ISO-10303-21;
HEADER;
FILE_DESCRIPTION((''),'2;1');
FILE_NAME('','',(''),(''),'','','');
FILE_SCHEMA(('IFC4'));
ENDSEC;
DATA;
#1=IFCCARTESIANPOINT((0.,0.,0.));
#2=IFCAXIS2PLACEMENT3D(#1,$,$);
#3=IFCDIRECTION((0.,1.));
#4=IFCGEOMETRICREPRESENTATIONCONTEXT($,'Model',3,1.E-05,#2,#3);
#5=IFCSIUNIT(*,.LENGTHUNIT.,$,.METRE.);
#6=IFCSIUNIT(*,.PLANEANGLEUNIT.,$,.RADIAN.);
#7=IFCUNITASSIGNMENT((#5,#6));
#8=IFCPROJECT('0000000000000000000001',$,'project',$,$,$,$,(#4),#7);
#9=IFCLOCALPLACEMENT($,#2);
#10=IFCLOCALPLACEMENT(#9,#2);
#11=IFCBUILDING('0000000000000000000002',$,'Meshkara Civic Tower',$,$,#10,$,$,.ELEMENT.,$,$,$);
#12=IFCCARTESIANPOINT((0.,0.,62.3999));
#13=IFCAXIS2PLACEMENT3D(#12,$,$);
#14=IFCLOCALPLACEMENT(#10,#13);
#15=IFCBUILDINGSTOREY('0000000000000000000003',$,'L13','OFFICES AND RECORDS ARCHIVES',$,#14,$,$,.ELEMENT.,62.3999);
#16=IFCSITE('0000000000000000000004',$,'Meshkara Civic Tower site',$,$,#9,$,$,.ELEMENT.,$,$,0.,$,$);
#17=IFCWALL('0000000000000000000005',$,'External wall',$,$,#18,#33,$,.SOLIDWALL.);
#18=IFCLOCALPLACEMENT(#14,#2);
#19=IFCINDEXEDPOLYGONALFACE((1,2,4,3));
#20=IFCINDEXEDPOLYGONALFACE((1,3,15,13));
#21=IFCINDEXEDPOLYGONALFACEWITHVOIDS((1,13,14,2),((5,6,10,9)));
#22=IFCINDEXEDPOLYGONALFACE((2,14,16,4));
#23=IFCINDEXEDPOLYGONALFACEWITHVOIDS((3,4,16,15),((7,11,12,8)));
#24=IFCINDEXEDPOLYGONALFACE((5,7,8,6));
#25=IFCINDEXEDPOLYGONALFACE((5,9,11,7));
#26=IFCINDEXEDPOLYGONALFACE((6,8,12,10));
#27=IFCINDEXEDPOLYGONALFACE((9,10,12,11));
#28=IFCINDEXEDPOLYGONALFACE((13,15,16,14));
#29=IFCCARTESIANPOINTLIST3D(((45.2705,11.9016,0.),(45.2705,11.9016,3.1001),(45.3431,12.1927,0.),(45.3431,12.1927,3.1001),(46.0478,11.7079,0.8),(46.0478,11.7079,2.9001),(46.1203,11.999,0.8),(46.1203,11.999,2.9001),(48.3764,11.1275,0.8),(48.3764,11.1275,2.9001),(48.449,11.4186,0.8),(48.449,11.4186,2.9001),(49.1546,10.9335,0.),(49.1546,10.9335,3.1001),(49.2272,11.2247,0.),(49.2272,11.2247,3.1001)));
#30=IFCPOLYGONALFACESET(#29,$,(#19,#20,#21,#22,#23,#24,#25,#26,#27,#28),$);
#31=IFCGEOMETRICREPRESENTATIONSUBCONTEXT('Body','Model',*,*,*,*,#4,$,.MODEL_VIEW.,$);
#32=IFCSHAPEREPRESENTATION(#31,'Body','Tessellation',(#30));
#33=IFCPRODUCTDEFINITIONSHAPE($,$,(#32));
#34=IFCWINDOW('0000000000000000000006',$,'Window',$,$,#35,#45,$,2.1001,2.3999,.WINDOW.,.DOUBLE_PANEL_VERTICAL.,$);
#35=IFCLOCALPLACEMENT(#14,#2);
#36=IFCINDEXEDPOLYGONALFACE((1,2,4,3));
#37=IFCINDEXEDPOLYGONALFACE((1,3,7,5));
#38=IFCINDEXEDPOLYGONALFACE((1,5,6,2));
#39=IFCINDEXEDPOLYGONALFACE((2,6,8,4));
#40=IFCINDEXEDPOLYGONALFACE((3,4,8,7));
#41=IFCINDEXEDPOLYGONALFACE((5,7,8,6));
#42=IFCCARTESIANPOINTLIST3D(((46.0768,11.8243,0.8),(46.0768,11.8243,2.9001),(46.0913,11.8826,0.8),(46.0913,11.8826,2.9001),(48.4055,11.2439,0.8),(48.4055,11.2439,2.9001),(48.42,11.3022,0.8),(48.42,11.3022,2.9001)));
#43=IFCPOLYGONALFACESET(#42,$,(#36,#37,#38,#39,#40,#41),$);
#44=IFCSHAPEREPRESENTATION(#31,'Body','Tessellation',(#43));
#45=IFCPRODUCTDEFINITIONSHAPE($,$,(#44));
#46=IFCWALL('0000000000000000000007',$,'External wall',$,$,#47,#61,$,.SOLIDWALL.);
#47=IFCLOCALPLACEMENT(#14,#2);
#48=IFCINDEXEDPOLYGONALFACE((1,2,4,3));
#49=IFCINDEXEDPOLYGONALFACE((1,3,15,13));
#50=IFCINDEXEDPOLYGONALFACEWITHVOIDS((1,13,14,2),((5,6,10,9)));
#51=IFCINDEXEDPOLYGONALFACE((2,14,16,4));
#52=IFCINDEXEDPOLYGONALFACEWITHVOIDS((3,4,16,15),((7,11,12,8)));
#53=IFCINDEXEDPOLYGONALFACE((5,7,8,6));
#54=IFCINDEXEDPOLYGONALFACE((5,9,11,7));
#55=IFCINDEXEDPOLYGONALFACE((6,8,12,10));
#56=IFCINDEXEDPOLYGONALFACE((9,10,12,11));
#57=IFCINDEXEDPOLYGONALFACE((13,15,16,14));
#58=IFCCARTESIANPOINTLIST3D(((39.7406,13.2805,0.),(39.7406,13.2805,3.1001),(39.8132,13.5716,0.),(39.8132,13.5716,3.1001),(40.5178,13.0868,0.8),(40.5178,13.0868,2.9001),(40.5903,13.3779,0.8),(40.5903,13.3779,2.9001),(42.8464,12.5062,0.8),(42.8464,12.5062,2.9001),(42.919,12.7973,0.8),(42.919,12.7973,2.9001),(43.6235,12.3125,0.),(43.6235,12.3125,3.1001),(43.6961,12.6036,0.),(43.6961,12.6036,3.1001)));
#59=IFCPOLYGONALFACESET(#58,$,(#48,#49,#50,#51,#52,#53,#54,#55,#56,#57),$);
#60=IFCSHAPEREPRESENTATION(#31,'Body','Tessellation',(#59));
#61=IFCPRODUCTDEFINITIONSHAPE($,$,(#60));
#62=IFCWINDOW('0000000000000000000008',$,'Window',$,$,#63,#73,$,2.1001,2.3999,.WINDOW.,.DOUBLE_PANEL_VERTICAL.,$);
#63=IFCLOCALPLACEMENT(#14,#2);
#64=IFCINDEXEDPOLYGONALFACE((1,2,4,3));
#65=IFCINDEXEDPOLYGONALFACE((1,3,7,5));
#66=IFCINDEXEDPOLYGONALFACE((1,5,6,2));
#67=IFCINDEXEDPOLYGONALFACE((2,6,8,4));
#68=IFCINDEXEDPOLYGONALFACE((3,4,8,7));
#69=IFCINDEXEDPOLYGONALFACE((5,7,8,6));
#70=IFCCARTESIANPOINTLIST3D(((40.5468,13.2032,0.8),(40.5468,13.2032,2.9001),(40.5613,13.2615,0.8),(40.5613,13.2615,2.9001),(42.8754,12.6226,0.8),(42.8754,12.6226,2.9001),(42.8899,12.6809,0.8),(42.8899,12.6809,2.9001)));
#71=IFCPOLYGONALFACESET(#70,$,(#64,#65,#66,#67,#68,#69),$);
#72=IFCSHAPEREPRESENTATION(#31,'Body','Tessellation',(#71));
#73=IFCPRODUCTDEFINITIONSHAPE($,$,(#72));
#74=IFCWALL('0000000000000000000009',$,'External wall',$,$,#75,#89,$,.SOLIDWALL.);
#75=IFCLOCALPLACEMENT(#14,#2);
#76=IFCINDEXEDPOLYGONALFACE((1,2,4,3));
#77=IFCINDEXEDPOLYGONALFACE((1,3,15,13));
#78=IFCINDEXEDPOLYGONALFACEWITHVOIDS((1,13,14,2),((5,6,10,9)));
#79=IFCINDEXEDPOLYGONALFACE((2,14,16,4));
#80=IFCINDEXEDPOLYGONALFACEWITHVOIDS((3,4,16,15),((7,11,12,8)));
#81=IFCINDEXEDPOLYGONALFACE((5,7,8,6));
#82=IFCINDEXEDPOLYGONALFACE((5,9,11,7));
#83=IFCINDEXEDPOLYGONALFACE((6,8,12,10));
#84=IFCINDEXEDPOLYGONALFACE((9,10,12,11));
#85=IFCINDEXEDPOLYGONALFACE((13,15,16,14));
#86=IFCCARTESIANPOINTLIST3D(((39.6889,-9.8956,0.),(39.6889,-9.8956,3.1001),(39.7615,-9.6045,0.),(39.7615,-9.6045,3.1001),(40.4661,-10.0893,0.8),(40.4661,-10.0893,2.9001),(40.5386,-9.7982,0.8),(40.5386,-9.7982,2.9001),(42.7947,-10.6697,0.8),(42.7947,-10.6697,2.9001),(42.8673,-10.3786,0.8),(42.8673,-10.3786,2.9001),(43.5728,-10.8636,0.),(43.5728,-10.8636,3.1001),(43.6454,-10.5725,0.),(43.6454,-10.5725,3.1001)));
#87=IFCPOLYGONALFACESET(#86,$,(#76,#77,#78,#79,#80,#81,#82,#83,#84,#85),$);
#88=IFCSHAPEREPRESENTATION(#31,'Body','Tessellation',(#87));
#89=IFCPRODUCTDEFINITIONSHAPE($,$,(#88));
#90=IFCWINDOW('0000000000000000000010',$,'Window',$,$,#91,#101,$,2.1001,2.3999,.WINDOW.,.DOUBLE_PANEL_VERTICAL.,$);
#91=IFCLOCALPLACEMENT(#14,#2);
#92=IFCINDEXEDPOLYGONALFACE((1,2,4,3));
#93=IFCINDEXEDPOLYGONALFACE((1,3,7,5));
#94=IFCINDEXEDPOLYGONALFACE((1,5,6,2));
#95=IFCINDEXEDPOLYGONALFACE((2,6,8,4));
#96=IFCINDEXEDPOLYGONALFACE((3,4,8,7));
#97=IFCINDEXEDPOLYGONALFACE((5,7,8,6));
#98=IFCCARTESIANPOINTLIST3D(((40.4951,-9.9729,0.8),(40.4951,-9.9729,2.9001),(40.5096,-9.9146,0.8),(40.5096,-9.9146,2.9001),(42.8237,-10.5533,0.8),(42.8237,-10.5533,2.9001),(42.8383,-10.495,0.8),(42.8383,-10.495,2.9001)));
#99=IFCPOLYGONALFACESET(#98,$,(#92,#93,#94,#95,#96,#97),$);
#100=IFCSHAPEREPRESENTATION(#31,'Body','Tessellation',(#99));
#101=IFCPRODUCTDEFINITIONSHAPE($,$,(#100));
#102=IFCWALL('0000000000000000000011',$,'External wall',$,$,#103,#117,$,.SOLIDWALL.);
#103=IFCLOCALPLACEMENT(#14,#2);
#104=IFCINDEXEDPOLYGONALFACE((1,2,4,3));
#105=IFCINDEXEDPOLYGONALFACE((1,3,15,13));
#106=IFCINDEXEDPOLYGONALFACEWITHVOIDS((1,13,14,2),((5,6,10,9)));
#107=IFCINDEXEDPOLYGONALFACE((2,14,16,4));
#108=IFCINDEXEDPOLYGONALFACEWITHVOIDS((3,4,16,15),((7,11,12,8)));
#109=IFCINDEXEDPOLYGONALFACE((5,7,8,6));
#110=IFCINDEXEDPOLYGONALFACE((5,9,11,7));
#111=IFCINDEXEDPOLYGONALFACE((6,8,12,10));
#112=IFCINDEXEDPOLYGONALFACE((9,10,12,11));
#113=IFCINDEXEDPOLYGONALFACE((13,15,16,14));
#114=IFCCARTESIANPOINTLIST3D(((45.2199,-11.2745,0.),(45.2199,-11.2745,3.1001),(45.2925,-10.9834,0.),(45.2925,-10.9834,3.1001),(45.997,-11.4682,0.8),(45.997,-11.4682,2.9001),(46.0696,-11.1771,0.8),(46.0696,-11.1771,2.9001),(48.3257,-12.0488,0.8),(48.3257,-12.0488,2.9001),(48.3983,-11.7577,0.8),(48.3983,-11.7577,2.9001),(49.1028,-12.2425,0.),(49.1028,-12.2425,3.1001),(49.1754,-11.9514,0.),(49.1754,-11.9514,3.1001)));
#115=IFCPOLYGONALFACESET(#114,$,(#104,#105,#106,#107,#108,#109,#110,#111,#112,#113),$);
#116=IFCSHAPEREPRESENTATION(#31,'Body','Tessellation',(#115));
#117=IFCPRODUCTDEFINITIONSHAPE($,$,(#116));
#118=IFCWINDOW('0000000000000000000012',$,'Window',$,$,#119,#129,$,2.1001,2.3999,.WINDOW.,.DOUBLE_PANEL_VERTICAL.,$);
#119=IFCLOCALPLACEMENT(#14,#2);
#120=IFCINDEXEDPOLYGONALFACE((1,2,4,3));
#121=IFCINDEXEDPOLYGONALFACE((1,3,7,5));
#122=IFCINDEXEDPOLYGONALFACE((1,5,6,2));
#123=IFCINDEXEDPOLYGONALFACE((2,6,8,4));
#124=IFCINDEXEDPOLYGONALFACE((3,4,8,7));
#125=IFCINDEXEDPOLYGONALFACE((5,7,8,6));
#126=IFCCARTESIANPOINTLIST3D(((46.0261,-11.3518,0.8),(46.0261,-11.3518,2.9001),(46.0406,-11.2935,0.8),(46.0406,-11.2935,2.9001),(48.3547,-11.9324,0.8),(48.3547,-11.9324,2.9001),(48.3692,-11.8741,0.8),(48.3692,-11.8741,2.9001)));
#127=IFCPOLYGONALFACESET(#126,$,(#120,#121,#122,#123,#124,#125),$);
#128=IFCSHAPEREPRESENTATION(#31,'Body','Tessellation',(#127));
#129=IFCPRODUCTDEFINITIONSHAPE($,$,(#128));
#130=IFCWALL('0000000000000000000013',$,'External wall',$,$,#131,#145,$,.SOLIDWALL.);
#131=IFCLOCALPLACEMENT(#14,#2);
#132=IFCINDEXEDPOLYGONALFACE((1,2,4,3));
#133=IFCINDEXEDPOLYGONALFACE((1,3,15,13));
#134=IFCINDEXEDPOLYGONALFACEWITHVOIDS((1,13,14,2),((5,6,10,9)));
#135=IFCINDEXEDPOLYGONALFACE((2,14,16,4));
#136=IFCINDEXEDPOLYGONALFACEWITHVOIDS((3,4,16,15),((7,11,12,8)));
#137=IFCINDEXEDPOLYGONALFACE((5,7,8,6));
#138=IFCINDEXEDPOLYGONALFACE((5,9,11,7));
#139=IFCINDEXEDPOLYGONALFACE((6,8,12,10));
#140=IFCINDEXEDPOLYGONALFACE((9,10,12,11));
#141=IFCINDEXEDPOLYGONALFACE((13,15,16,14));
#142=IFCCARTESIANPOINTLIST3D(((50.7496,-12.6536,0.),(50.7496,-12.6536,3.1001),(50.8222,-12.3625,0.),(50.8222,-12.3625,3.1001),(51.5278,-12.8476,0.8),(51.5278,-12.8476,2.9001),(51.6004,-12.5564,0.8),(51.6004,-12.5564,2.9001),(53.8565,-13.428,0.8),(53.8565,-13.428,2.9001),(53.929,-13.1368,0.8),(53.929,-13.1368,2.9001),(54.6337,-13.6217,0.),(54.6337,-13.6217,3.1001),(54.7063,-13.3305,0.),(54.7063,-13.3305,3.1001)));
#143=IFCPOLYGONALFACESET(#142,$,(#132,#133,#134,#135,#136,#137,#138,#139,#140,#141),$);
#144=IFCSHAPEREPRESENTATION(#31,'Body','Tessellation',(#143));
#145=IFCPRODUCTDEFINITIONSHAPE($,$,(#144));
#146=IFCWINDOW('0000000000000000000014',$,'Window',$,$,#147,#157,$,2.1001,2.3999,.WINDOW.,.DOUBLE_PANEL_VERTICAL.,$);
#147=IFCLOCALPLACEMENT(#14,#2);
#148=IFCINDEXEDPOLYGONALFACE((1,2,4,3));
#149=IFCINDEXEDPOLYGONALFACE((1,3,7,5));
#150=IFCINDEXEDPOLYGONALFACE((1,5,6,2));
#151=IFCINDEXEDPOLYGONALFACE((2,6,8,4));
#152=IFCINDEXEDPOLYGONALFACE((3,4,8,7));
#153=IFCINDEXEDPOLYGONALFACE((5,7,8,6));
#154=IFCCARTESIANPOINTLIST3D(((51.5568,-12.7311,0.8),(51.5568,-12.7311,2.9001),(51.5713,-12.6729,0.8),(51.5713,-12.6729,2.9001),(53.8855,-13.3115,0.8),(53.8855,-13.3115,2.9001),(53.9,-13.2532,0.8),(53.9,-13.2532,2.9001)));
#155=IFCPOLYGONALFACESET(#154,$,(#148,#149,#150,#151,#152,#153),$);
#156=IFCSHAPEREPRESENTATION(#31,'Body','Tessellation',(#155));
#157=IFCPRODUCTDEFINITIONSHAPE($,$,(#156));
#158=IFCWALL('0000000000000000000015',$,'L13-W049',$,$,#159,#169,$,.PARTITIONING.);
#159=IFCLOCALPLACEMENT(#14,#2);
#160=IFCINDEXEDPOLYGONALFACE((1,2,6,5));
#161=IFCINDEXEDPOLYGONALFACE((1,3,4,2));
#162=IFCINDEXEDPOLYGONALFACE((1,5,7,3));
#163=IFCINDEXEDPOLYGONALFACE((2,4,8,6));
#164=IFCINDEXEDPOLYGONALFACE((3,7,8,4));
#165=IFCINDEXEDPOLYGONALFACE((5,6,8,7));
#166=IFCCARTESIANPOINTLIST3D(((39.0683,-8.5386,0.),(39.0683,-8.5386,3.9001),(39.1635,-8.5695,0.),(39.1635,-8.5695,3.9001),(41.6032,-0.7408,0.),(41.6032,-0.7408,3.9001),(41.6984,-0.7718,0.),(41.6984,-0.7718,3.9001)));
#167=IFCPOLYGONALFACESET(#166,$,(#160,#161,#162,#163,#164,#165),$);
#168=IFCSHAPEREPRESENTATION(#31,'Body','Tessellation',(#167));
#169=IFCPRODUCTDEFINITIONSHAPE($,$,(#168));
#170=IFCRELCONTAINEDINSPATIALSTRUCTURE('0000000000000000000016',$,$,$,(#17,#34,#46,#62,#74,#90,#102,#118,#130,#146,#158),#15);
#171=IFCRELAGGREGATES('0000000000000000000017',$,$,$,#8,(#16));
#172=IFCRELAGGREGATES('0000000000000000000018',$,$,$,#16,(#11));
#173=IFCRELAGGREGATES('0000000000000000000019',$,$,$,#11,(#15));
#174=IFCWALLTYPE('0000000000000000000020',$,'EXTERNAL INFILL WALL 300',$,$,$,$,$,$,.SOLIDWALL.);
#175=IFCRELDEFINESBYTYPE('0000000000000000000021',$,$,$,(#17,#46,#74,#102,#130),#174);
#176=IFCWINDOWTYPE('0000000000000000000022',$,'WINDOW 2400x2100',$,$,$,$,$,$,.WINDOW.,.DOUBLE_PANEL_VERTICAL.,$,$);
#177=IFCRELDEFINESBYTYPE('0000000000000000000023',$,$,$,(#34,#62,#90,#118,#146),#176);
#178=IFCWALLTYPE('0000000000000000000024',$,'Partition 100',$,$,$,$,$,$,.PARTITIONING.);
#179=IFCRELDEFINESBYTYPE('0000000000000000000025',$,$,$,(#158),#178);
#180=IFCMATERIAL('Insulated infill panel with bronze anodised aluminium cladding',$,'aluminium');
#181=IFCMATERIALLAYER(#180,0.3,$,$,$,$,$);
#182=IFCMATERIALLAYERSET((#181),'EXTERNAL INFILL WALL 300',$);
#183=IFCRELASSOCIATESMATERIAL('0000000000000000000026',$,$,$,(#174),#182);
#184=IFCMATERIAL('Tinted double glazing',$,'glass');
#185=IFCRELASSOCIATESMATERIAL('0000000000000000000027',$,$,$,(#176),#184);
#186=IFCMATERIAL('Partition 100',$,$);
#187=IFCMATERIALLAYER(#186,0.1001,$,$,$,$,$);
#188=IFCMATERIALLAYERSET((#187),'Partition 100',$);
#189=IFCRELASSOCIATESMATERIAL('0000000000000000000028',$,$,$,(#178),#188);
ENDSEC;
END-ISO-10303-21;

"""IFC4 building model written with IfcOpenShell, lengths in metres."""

from ifc_helpers import new_model, si_unit, direction, frame, frame_2d, origin, place, context, subcontext, project, spatial, rectangle, extrude, material, layer, layer_set, type_object, element, fill, save


model = new_model("IFC4")

# Units and contexts
model_context = context("Model", 3, precision=1e-05, world=origin(), true_north=direction((0.0, 1.0)))
body_context = subcontext(model_context, "Body", "Model", "MODEL_VIEW")
ifc_project = project(units=[si_unit("LENGTHUNIT", "METRE"), si_unit("PLANEANGLEUNIT", "RADIAN")], contexts=[model_context])

# Site, building, storey
site_placement = place(None, origin())
site = spatial("IfcSite", under=ifc_project, at=site_placement, Name="Meshkara Civic Tower site", CompositionType="ELEMENT", RefElevation=0.0)
building_placement = place(site_placement, origin())
building = spatial("IfcBuilding", under=site, at=building_placement, Name="Meshkara Civic Tower", CompositionType="ELEMENT")
storey_placement = place(building_placement, frame((0.0, 0.0, 62.3999)))
storey = spatial("IfcBuildingStorey", under=building, at=storey_placement, Name="L13", Description="OFFICES AND RECORDS ARCHIVES", CompositionType="ELEMENT", Elevation=62.3999)

# Walls, openings, windows
ifc_material_1 = material(Name="Insulated infill panel with bronze anodised aluminium cladding", Category="aluminium")
ifc_layer_1 = layer(ifc_material_1, 0.3)
ifc_layer_set_1 = layer_set([ifc_layer_1], Name="EXTERNAL INFILL WALL 300")
wall_type_1 = type_object("IfcWallType", Name="EXTERNAL INFILL WALL 300", PredefinedType="SOLIDWALL", material=ifc_layer_set_1)
wall_1_placement = place(storey_placement, frame((49.1909, 11.0791, 0.0), z_axis=(0.0, 0.0, 1.0), x_axis=(-0.970318, 0.241832, 0.0)))
wall_1 = element("IfcWall", 1, at=wall_1_placement, inside=storey, type_object=wall_type_1, Name="External wall", PredefinedType="SOLIDWALL", context=body_context, shape_type="SweptSolid", body=[
    extrude(rectangle(XDim=4.0029, YDim=0.3, at=frame_2d((2.0015, 0.0))), origin(), (0.0, 0.0, 1.0), 3.1001),
])
opening_1_placement = place(wall_1_placement, frame((0.802, 0.0, 0.8)))
opening_1 = element("IfcOpeningElement", 2, at=opening_1_placement, cuts=wall_1, PredefinedType="OPENING", context=body_context, shape_type="SweptSolid", body=[
    extrude(rectangle(XDim=2.3999, YDim=2.1001, at=frame_2d((1.2, 1.05))), frame((0.0, 0.1599, 0.0), z_axis=(0.0, -1.0, 0.0), x_axis=(1.0, 0.0, 0.0)), (0.0, 0.0, 1.0), 0.3201),
])
ifc_material_2 = material(Name="Tinted double glazing", Category="glass")
window_type = type_object("IfcWindowType", Name="WINDOW 2400x2100", PartitioningType="DOUBLE_PANEL_VERTICAL", PredefinedType="WINDOW", material=ifc_material_2)
window_1_placement = place(opening_1_placement, origin())
window_1 = element("IfcWindow", 3, at=window_1_placement, inside=storey, type_object=window_type, Name="Window", OverallHeight=2.1001, OverallWidth=2.3999, PartitioningType="DOUBLE_PANEL_VERTICAL", PredefinedType="WINDOW", context=body_context, shape_type="SweptSolid", body=[
    extrude(rectangle(XDim=2.3999, YDim=2.1001, at=frame_2d((1.2, 1.05))), frame((0.0, 0.03, 0.0), z_axis=(0.0, -1.0, 0.0), x_axis=(1.0, 0.0, 0.0)), (0.0, 0.0, 1.0), 0.0601),
])
fill(opening_1, window_1)
wall_2_placement = place(storey_placement, frame((43.6599, 12.458, 0.0), z_axis=(0.0, 0.0, 1.0), x_axis=(-0.9703, 0.241904, 0.0)))
wall_2 = element("IfcWall", 4, at=wall_2_placement, inside=storey, type_object=wall_type_1, Name="External wall", PredefinedType="SOLIDWALL", context=body_context, shape_type="SweptSolid", body=[
    extrude(rectangle(XDim=4.0017, YDim=0.3, at=frame_2d((2.001, 0.0))), origin(), (0.0, 0.0, 1.0), 3.1001),
])
opening_2_placement = place(wall_2_placement, frame((0.801, 0.0, 0.8)))
opening_2 = element("IfcOpeningElement", 5, at=opening_2_placement, cuts=wall_2, PredefinedType="OPENING", context=body_context, shape_type="SweptSolid", body=[
    extrude(rectangle(XDim=2.3999, YDim=2.1001, at=frame_2d((1.2, 1.05))), frame((0.0, 0.1599, 0.0), z_axis=(0.0, -1.0, 0.0), x_axis=(1.0, 0.0, 0.0)), (0.0, 0.0, 1.0), 0.3201),
])
window_2_placement = place(opening_2_placement, origin())
window_2 = element("IfcWindow", 6, at=window_2_placement, inside=storey, type_object=window_type, Name="Window", OverallHeight=2.1001, OverallWidth=2.3999, PartitioningType="DOUBLE_PANEL_VERTICAL", PredefinedType="WINDOW", context=body_context, shape_type="SweptSolid", body=[
    extrude(rectangle(XDim=2.3999, YDim=2.1001, at=frame_2d((1.2, 1.05))), frame((0.0, 0.03, 0.0), z_axis=(0.0, -1.0, 0.0), x_axis=(1.0, 0.0, 0.0)), (0.0, 0.0, 1.0), 0.0601),
])
fill(opening_2, window_2)
wall_3_placement = place(storey_placement, frame((39.7251, -9.75, 0.0), z_axis=(0.0, 0.0, 1.0), x_axis=(0.970314, -0.241847, 0.0)))
wall_3 = element("IfcWall", 7, at=wall_3_placement, inside=storey, type_object=wall_type_1, Name="External wall", PredefinedType="SOLIDWALL", context=body_context, shape_type="SweptSolid", body=[
    extrude(rectangle(XDim=4.0027, YDim=0.3, at=frame_2d((2.0015, 0.0))), origin(), (0.0, 0.0, 1.0), 3.1001),
])
opening_3_placement = place(wall_3_placement, frame((0.801, 0.0, 0.8)))
opening_3 = element("IfcOpeningElement", 8, at=opening_3_placement, cuts=wall_3, PredefinedType="OPENING", context=body_context, shape_type="SweptSolid", body=[
    extrude(rectangle(XDim=2.3999, YDim=2.1001, at=frame_2d((1.2, 1.05))), frame((0.0, 0.1599, 0.0), z_axis=(0.0, -1.0, 0.0), x_axis=(1.0, 0.0, 0.0)), (0.0, 0.0, 1.0), 0.3201),
])
window_3_placement = place(opening_3_placement, origin())
window_3 = element("IfcWindow", 9, at=window_3_placement, inside=storey, type_object=window_type, Name="Window", OverallHeight=2.1001, OverallWidth=2.3999, PartitioningType="DOUBLE_PANEL_VERTICAL", PredefinedType="WINDOW", context=body_context, shape_type="SweptSolid", body=[
    extrude(rectangle(XDim=2.3999, YDim=2.1001, at=frame_2d((1.2, 1.05))), frame((0.0, 0.03, 0.0), z_axis=(0.0, -1.0, 0.0), x_axis=(1.0, 0.0, 0.0)), (0.0, 0.0, 1.0), 0.0601),
])
fill(opening_3, window_3)
wall_4_placement = place(storey_placement, frame((45.2561, -11.1289, 0.0), z_axis=(0.0, 0.0, 1.0), x_axis=(0.9703, -0.241904, 0.0)))
wall_4 = element("IfcWall", 10, at=wall_4_placement, inside=storey, type_object=wall_type_1, Name="External wall", PredefinedType="SOLIDWALL", context=body_context, shape_type="SweptSolid", body=[
    extrude(rectangle(XDim=4.0017, YDim=0.3, at=frame_2d((2.001, 0.0))), origin(), (0.0, 0.0, 1.0), 3.1001),
])
opening_4_placement = place(wall_4_placement, frame((0.801, 0.0, 0.8)))
opening_4 = element("IfcOpeningElement", 11, at=opening_4_placement, cuts=wall_4, PredefinedType="OPENING", context=body_context, shape_type="SweptSolid", body=[
    extrude(rectangle(XDim=2.3999, YDim=2.1001, at=frame_2d((1.2, 1.05))), frame((0.0, 0.1599, 0.0), z_axis=(0.0, -1.0, 0.0), x_axis=(1.0, 0.0, 0.0)), (0.0, 0.0, 1.0), 0.3201),
])
window_4_placement = place(opening_4_placement, origin())
window_4 = element("IfcWindow", 12, at=window_4_placement, inside=storey, type_object=window_type, Name="Window", OverallHeight=2.1001, OverallWidth=2.3999, PartitioningType="DOUBLE_PANEL_VERTICAL", PredefinedType="WINDOW", context=body_context, shape_type="SweptSolid", body=[
    extrude(rectangle(XDim=2.3999, YDim=2.1001, at=frame_2d((1.2, 1.05))), frame((0.0, 0.03, 0.0), z_axis=(0.0, -1.0, 0.0), x_axis=(1.0, 0.0, 0.0)), (0.0, 0.0, 1.0), 0.0601),
])
fill(opening_4, window_4)
wall_5_placement = place(storey_placement, frame((50.7859, -12.5081, 0.0), z_axis=(0.0, 0.0, 1.0), x_axis=(0.970318, -0.241832, 0.0)))
wall_5 = element("IfcWall", 13, at=wall_5_placement, inside=storey, type_object=wall_type_1, Name="External wall", PredefinedType="SOLIDWALL", context=body_context, shape_type="SweptSolid", body=[
    extrude(rectangle(XDim=4.0029, YDim=0.3, at=frame_2d((2.0015, 0.0))), origin(), (0.0, 0.0, 1.0), 3.1001),
])
opening_5_placement = place(wall_5_placement, frame((0.802, 0.0, 0.8)))
opening_5 = element("IfcOpeningElement", 14, at=opening_5_placement, cuts=wall_5, PredefinedType="OPENING", context=body_context, shape_type="SweptSolid", body=[
    extrude(rectangle(XDim=2.3999, YDim=2.1001, at=frame_2d((1.2, 1.05))), frame((0.0, 0.1599, 0.0), z_axis=(0.0, -1.0, 0.0), x_axis=(1.0, 0.0, 0.0)), (0.0, 0.0, 1.0), 0.3201),
])
window_5_placement = place(opening_5_placement, origin())
window_5 = element("IfcWindow", 15, at=window_5_placement, inside=storey, type_object=window_type, Name="Window", OverallHeight=2.1001, OverallWidth=2.3999, PartitioningType="DOUBLE_PANEL_VERTICAL", PredefinedType="WINDOW", context=body_context, shape_type="SweptSolid", body=[
    extrude(rectangle(XDim=2.3999, YDim=2.1001, at=frame_2d((1.2, 1.05))), frame((0.0, 0.03, 0.0), z_axis=(0.0, -1.0, 0.0), x_axis=(1.0, 0.0, 0.0)), (0.0, 0.0, 1.0), 0.0601),
])
fill(opening_5, window_5)

# Wall
ifc_material_3 = material(Name="Partition 100")
ifc_layer_2 = layer(ifc_material_3, 0.1001)
ifc_layer_set_2 = layer_set([ifc_layer_2], Name="Partition 100")
wall_type_2 = type_object("IfcWallType", Name="Partition 100", PredefinedType="PARTITIONING", material=ifc_layer_set_2)
wall_6_placement = place(storey_placement, frame((39.116, -8.554, 0.0), z_axis=(0.0, 0.0, 1.0), x_axis=(0.309153, 0.951012, 0.0)))
element("IfcWall", 16, at=wall_6_placement, inside=storey, type_object=wall_type_2, Name="L13-W049", PredefinedType="PARTITIONING", context=body_context, shape_type="SweptSolid", body=[
    extrude(rectangle(XDim=8.1995, YDim=0.1001, at=frame_2d((4.0996, 0.0))), origin(), (0.0, 0.0, 1.0), 3.9001),
])

save(model, "model.ifc")
